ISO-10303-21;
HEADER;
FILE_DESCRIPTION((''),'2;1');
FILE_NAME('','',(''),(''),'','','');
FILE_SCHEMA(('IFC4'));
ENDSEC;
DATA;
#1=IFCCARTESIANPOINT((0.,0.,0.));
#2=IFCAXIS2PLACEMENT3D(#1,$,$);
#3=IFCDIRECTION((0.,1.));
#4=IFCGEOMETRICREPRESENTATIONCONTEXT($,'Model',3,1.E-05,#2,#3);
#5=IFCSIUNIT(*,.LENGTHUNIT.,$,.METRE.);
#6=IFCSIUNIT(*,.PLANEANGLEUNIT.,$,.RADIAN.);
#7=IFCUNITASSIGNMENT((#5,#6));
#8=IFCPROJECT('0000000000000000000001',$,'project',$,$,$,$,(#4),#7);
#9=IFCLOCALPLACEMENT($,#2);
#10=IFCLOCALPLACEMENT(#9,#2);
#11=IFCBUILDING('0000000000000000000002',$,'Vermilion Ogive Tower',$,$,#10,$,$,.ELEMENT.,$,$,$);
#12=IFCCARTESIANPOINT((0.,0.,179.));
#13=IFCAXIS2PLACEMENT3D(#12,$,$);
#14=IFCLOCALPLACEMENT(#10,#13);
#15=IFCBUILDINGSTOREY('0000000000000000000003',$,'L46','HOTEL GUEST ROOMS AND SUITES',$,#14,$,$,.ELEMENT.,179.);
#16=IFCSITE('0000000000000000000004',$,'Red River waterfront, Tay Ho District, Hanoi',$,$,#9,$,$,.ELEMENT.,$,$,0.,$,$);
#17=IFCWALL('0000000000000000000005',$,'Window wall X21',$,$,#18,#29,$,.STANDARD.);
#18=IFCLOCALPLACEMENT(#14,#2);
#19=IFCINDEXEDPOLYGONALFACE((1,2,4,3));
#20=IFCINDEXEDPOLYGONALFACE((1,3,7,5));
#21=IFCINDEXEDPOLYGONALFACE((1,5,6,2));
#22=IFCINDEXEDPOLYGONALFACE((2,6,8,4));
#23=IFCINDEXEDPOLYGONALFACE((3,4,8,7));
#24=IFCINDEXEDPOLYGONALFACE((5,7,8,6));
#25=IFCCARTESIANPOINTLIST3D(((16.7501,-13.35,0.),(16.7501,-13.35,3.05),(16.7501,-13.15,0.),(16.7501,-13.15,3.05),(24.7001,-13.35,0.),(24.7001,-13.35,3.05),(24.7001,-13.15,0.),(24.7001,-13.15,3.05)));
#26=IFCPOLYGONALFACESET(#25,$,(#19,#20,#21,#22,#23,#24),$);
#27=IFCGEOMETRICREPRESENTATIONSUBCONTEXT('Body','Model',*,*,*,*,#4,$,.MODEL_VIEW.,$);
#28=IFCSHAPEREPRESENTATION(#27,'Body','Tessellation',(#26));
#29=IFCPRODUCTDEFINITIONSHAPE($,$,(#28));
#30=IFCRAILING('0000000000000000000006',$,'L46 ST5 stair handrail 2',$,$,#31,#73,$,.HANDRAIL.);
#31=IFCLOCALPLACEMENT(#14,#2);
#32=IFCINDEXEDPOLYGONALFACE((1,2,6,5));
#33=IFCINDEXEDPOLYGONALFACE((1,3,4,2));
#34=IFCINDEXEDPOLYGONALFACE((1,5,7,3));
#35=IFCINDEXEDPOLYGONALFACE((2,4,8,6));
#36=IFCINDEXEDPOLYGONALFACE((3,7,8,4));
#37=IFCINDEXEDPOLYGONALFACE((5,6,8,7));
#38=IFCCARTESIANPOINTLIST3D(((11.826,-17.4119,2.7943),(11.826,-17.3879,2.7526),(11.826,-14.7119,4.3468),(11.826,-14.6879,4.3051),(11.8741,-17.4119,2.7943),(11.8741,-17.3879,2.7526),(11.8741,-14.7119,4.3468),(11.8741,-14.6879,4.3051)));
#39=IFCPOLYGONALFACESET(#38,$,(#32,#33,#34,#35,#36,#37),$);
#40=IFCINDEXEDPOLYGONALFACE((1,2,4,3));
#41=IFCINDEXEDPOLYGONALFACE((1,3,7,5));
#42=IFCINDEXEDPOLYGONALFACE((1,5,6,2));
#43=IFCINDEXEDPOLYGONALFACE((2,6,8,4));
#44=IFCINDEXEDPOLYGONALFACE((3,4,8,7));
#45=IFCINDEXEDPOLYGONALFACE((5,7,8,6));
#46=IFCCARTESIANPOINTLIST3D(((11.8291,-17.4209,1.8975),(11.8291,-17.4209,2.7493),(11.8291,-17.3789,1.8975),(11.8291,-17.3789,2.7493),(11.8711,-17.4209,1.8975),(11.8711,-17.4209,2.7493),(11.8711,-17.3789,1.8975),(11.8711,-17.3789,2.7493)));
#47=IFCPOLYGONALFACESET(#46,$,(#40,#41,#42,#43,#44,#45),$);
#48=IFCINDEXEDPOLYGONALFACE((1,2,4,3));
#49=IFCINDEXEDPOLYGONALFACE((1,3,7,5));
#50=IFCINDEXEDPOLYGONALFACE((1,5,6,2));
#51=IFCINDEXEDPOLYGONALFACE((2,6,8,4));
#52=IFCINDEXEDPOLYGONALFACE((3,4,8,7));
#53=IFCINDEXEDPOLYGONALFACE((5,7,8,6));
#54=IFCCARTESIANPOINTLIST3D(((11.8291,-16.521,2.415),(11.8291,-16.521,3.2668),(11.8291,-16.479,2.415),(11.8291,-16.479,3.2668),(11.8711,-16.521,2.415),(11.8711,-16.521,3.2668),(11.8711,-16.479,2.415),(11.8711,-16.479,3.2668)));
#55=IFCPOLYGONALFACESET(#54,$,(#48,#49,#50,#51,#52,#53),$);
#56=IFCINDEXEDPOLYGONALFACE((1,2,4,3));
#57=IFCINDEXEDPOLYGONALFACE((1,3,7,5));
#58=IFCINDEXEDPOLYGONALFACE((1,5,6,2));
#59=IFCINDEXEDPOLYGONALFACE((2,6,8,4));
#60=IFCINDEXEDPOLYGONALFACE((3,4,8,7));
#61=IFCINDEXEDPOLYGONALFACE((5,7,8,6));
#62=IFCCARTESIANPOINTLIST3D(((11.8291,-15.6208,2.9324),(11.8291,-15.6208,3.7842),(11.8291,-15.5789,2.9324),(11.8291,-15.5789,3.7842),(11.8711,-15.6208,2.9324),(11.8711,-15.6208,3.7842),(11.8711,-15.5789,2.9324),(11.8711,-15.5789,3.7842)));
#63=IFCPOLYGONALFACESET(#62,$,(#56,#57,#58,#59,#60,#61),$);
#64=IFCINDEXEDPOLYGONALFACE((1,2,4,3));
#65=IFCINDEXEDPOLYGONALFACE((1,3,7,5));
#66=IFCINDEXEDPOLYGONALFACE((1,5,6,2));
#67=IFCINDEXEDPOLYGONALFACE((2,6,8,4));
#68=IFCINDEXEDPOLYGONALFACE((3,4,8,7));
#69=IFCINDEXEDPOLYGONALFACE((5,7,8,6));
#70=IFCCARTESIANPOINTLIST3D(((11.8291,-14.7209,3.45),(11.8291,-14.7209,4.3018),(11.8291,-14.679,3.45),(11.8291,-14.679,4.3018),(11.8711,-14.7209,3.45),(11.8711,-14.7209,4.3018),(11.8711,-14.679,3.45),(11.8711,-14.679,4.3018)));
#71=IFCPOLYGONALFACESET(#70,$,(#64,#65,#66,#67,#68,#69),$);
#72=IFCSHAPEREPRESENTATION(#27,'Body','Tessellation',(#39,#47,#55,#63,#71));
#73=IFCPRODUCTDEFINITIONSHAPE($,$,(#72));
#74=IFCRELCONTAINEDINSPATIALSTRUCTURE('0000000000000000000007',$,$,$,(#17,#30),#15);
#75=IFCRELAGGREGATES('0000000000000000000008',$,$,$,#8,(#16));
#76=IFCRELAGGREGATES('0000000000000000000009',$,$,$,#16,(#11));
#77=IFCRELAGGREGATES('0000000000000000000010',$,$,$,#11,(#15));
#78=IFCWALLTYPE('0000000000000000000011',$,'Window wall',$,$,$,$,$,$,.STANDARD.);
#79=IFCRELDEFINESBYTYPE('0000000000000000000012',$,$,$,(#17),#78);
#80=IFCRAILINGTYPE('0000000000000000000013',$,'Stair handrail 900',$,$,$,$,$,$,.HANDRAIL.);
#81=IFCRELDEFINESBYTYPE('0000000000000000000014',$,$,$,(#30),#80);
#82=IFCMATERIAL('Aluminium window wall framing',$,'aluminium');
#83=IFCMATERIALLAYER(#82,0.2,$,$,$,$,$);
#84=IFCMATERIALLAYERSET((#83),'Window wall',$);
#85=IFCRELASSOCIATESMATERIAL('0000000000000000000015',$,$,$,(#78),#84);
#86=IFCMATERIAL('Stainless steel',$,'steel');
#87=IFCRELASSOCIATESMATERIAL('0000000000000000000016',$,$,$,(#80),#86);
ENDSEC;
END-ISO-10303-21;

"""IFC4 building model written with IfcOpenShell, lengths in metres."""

from ifc_helpers import new_model, si_unit, direction, frame, frame_2d, origin, origin_2d, place, context, subcontext, project, spatial, rectangle, extrude, material, layer, layer_set, type_object, element, save


model = new_model("IFC4")

# Units and contexts
model_context = context("Model", 3, precision=1e-05, world=origin(), true_north=direction((0.0, 1.0)))
body_context = subcontext(model_context, "Body", "Model", "MODEL_VIEW")
ifc_project = project(units=[si_unit("LENGTHUNIT", "METRE"), si_unit("PLANEANGLEUNIT", "RADIAN")], contexts=[model_context])

# Site, building, storey
site_placement = place(None, origin())
site = spatial("IfcSite", under=ifc_project, at=site_placement, Name="Red River waterfront, Tay Ho District, Hanoi", CompositionType="ELEMENT", RefElevation=0.0)
building_placement = place(site_placement, origin())
building = spatial("IfcBuilding", under=site, at=building_placement, Name="Vermilion Ogive Tower", CompositionType="ELEMENT")
storey_placement = place(building_placement, frame((0.0, 0.0, 179.0)))
storey = spatial("IfcBuildingStorey", under=building, at=storey_placement, Name="L46", Description="HOTEL GUEST ROOMS AND SUITES", CompositionType="ELEMENT", Elevation=179.0)

# Shared definitions
ifc_material_1 = material(Name="Aluminium window wall framing", Category="aluminium")
ifc_layer_1 = layer(ifc_material_1, 0.2)
ifc_layer_set_1 = layer_set([ifc_layer_1], Name="Window wall")
wall_type_1 = type_object("IfcWallType", Name="Window wall", PredefinedType="STANDARD", material=ifc_layer_set_1)

# Wall
wall_1_placement = place(storey_placement, frame((16.75, -13.25, 0.0), z_axis=(0.0, 0.0, 1.0), x_axis=(1.0, 0.0, 0.0)))
element("IfcWall", 1, at=wall_1_placement, inside=storey, type_object=wall_type_1, Name="Window wall X21", PredefinedType="STANDARD", context=body_context, shape_type="SweptSolid", body=[
    extrude(rectangle(XDim=7.95, YDim=0.2, at=frame_2d((3.9751, 0.0))), origin(), (0.0, 0.0, 1.0), 3.05),
])

# Railing
ifc_material_2 = material(Name="Stainless steel", Category="steel")
railing_type = type_object("IfcRailingType", Name="Stair handrail 900", PredefinedType="HANDRAIL", material=ifc_material_2)
railing_placement = place(storey_placement, frame((11.8501, -17.3999, 1.8975)))
element("IfcRailing", 2, at=railing_placement, inside=storey, type_object=railing_type, Name="L46 ST5 stair handrail 2", PredefinedType="HANDRAIL", context=body_context, shape_type="SweptSolid", body=[
    extrude(rectangle(XDim=0.0481, YDim=0.0481, at=origin_2d()), frame((0.0, 0.0, 0.876), z_axis=(0.0, 0.866904, 0.498476), x_axis=(-1.0, 0.0, 0.0)), (0.0, 0.0, 1.0), 3.1145),
    extrude(rectangle(XDim=0.042, YDim=0.042, at=origin_2d()), origin(), (0.0, 0.0, 1.0), 0.8518),
    extrude(rectangle(XDim=0.042, YDim=0.042, at=origin_2d()), frame((0.0, 0.8999, 0.5176)), (0.0, 0.0, 1.0), 0.8518),
    extrude(rectangle(XDim=0.042, YDim=0.042, at=origin_2d()), frame((0.0, 1.8, 1.0349)), (0.0, 0.0, 1.0), 0.8518),
    extrude(rectangle(XDim=0.042, YDim=0.042, at=origin_2d()), frame((0.0, 2.7, 1.5525)), (0.0, 0.0, 1.0), 0.8518),
])

save(model, "model.ifc")
